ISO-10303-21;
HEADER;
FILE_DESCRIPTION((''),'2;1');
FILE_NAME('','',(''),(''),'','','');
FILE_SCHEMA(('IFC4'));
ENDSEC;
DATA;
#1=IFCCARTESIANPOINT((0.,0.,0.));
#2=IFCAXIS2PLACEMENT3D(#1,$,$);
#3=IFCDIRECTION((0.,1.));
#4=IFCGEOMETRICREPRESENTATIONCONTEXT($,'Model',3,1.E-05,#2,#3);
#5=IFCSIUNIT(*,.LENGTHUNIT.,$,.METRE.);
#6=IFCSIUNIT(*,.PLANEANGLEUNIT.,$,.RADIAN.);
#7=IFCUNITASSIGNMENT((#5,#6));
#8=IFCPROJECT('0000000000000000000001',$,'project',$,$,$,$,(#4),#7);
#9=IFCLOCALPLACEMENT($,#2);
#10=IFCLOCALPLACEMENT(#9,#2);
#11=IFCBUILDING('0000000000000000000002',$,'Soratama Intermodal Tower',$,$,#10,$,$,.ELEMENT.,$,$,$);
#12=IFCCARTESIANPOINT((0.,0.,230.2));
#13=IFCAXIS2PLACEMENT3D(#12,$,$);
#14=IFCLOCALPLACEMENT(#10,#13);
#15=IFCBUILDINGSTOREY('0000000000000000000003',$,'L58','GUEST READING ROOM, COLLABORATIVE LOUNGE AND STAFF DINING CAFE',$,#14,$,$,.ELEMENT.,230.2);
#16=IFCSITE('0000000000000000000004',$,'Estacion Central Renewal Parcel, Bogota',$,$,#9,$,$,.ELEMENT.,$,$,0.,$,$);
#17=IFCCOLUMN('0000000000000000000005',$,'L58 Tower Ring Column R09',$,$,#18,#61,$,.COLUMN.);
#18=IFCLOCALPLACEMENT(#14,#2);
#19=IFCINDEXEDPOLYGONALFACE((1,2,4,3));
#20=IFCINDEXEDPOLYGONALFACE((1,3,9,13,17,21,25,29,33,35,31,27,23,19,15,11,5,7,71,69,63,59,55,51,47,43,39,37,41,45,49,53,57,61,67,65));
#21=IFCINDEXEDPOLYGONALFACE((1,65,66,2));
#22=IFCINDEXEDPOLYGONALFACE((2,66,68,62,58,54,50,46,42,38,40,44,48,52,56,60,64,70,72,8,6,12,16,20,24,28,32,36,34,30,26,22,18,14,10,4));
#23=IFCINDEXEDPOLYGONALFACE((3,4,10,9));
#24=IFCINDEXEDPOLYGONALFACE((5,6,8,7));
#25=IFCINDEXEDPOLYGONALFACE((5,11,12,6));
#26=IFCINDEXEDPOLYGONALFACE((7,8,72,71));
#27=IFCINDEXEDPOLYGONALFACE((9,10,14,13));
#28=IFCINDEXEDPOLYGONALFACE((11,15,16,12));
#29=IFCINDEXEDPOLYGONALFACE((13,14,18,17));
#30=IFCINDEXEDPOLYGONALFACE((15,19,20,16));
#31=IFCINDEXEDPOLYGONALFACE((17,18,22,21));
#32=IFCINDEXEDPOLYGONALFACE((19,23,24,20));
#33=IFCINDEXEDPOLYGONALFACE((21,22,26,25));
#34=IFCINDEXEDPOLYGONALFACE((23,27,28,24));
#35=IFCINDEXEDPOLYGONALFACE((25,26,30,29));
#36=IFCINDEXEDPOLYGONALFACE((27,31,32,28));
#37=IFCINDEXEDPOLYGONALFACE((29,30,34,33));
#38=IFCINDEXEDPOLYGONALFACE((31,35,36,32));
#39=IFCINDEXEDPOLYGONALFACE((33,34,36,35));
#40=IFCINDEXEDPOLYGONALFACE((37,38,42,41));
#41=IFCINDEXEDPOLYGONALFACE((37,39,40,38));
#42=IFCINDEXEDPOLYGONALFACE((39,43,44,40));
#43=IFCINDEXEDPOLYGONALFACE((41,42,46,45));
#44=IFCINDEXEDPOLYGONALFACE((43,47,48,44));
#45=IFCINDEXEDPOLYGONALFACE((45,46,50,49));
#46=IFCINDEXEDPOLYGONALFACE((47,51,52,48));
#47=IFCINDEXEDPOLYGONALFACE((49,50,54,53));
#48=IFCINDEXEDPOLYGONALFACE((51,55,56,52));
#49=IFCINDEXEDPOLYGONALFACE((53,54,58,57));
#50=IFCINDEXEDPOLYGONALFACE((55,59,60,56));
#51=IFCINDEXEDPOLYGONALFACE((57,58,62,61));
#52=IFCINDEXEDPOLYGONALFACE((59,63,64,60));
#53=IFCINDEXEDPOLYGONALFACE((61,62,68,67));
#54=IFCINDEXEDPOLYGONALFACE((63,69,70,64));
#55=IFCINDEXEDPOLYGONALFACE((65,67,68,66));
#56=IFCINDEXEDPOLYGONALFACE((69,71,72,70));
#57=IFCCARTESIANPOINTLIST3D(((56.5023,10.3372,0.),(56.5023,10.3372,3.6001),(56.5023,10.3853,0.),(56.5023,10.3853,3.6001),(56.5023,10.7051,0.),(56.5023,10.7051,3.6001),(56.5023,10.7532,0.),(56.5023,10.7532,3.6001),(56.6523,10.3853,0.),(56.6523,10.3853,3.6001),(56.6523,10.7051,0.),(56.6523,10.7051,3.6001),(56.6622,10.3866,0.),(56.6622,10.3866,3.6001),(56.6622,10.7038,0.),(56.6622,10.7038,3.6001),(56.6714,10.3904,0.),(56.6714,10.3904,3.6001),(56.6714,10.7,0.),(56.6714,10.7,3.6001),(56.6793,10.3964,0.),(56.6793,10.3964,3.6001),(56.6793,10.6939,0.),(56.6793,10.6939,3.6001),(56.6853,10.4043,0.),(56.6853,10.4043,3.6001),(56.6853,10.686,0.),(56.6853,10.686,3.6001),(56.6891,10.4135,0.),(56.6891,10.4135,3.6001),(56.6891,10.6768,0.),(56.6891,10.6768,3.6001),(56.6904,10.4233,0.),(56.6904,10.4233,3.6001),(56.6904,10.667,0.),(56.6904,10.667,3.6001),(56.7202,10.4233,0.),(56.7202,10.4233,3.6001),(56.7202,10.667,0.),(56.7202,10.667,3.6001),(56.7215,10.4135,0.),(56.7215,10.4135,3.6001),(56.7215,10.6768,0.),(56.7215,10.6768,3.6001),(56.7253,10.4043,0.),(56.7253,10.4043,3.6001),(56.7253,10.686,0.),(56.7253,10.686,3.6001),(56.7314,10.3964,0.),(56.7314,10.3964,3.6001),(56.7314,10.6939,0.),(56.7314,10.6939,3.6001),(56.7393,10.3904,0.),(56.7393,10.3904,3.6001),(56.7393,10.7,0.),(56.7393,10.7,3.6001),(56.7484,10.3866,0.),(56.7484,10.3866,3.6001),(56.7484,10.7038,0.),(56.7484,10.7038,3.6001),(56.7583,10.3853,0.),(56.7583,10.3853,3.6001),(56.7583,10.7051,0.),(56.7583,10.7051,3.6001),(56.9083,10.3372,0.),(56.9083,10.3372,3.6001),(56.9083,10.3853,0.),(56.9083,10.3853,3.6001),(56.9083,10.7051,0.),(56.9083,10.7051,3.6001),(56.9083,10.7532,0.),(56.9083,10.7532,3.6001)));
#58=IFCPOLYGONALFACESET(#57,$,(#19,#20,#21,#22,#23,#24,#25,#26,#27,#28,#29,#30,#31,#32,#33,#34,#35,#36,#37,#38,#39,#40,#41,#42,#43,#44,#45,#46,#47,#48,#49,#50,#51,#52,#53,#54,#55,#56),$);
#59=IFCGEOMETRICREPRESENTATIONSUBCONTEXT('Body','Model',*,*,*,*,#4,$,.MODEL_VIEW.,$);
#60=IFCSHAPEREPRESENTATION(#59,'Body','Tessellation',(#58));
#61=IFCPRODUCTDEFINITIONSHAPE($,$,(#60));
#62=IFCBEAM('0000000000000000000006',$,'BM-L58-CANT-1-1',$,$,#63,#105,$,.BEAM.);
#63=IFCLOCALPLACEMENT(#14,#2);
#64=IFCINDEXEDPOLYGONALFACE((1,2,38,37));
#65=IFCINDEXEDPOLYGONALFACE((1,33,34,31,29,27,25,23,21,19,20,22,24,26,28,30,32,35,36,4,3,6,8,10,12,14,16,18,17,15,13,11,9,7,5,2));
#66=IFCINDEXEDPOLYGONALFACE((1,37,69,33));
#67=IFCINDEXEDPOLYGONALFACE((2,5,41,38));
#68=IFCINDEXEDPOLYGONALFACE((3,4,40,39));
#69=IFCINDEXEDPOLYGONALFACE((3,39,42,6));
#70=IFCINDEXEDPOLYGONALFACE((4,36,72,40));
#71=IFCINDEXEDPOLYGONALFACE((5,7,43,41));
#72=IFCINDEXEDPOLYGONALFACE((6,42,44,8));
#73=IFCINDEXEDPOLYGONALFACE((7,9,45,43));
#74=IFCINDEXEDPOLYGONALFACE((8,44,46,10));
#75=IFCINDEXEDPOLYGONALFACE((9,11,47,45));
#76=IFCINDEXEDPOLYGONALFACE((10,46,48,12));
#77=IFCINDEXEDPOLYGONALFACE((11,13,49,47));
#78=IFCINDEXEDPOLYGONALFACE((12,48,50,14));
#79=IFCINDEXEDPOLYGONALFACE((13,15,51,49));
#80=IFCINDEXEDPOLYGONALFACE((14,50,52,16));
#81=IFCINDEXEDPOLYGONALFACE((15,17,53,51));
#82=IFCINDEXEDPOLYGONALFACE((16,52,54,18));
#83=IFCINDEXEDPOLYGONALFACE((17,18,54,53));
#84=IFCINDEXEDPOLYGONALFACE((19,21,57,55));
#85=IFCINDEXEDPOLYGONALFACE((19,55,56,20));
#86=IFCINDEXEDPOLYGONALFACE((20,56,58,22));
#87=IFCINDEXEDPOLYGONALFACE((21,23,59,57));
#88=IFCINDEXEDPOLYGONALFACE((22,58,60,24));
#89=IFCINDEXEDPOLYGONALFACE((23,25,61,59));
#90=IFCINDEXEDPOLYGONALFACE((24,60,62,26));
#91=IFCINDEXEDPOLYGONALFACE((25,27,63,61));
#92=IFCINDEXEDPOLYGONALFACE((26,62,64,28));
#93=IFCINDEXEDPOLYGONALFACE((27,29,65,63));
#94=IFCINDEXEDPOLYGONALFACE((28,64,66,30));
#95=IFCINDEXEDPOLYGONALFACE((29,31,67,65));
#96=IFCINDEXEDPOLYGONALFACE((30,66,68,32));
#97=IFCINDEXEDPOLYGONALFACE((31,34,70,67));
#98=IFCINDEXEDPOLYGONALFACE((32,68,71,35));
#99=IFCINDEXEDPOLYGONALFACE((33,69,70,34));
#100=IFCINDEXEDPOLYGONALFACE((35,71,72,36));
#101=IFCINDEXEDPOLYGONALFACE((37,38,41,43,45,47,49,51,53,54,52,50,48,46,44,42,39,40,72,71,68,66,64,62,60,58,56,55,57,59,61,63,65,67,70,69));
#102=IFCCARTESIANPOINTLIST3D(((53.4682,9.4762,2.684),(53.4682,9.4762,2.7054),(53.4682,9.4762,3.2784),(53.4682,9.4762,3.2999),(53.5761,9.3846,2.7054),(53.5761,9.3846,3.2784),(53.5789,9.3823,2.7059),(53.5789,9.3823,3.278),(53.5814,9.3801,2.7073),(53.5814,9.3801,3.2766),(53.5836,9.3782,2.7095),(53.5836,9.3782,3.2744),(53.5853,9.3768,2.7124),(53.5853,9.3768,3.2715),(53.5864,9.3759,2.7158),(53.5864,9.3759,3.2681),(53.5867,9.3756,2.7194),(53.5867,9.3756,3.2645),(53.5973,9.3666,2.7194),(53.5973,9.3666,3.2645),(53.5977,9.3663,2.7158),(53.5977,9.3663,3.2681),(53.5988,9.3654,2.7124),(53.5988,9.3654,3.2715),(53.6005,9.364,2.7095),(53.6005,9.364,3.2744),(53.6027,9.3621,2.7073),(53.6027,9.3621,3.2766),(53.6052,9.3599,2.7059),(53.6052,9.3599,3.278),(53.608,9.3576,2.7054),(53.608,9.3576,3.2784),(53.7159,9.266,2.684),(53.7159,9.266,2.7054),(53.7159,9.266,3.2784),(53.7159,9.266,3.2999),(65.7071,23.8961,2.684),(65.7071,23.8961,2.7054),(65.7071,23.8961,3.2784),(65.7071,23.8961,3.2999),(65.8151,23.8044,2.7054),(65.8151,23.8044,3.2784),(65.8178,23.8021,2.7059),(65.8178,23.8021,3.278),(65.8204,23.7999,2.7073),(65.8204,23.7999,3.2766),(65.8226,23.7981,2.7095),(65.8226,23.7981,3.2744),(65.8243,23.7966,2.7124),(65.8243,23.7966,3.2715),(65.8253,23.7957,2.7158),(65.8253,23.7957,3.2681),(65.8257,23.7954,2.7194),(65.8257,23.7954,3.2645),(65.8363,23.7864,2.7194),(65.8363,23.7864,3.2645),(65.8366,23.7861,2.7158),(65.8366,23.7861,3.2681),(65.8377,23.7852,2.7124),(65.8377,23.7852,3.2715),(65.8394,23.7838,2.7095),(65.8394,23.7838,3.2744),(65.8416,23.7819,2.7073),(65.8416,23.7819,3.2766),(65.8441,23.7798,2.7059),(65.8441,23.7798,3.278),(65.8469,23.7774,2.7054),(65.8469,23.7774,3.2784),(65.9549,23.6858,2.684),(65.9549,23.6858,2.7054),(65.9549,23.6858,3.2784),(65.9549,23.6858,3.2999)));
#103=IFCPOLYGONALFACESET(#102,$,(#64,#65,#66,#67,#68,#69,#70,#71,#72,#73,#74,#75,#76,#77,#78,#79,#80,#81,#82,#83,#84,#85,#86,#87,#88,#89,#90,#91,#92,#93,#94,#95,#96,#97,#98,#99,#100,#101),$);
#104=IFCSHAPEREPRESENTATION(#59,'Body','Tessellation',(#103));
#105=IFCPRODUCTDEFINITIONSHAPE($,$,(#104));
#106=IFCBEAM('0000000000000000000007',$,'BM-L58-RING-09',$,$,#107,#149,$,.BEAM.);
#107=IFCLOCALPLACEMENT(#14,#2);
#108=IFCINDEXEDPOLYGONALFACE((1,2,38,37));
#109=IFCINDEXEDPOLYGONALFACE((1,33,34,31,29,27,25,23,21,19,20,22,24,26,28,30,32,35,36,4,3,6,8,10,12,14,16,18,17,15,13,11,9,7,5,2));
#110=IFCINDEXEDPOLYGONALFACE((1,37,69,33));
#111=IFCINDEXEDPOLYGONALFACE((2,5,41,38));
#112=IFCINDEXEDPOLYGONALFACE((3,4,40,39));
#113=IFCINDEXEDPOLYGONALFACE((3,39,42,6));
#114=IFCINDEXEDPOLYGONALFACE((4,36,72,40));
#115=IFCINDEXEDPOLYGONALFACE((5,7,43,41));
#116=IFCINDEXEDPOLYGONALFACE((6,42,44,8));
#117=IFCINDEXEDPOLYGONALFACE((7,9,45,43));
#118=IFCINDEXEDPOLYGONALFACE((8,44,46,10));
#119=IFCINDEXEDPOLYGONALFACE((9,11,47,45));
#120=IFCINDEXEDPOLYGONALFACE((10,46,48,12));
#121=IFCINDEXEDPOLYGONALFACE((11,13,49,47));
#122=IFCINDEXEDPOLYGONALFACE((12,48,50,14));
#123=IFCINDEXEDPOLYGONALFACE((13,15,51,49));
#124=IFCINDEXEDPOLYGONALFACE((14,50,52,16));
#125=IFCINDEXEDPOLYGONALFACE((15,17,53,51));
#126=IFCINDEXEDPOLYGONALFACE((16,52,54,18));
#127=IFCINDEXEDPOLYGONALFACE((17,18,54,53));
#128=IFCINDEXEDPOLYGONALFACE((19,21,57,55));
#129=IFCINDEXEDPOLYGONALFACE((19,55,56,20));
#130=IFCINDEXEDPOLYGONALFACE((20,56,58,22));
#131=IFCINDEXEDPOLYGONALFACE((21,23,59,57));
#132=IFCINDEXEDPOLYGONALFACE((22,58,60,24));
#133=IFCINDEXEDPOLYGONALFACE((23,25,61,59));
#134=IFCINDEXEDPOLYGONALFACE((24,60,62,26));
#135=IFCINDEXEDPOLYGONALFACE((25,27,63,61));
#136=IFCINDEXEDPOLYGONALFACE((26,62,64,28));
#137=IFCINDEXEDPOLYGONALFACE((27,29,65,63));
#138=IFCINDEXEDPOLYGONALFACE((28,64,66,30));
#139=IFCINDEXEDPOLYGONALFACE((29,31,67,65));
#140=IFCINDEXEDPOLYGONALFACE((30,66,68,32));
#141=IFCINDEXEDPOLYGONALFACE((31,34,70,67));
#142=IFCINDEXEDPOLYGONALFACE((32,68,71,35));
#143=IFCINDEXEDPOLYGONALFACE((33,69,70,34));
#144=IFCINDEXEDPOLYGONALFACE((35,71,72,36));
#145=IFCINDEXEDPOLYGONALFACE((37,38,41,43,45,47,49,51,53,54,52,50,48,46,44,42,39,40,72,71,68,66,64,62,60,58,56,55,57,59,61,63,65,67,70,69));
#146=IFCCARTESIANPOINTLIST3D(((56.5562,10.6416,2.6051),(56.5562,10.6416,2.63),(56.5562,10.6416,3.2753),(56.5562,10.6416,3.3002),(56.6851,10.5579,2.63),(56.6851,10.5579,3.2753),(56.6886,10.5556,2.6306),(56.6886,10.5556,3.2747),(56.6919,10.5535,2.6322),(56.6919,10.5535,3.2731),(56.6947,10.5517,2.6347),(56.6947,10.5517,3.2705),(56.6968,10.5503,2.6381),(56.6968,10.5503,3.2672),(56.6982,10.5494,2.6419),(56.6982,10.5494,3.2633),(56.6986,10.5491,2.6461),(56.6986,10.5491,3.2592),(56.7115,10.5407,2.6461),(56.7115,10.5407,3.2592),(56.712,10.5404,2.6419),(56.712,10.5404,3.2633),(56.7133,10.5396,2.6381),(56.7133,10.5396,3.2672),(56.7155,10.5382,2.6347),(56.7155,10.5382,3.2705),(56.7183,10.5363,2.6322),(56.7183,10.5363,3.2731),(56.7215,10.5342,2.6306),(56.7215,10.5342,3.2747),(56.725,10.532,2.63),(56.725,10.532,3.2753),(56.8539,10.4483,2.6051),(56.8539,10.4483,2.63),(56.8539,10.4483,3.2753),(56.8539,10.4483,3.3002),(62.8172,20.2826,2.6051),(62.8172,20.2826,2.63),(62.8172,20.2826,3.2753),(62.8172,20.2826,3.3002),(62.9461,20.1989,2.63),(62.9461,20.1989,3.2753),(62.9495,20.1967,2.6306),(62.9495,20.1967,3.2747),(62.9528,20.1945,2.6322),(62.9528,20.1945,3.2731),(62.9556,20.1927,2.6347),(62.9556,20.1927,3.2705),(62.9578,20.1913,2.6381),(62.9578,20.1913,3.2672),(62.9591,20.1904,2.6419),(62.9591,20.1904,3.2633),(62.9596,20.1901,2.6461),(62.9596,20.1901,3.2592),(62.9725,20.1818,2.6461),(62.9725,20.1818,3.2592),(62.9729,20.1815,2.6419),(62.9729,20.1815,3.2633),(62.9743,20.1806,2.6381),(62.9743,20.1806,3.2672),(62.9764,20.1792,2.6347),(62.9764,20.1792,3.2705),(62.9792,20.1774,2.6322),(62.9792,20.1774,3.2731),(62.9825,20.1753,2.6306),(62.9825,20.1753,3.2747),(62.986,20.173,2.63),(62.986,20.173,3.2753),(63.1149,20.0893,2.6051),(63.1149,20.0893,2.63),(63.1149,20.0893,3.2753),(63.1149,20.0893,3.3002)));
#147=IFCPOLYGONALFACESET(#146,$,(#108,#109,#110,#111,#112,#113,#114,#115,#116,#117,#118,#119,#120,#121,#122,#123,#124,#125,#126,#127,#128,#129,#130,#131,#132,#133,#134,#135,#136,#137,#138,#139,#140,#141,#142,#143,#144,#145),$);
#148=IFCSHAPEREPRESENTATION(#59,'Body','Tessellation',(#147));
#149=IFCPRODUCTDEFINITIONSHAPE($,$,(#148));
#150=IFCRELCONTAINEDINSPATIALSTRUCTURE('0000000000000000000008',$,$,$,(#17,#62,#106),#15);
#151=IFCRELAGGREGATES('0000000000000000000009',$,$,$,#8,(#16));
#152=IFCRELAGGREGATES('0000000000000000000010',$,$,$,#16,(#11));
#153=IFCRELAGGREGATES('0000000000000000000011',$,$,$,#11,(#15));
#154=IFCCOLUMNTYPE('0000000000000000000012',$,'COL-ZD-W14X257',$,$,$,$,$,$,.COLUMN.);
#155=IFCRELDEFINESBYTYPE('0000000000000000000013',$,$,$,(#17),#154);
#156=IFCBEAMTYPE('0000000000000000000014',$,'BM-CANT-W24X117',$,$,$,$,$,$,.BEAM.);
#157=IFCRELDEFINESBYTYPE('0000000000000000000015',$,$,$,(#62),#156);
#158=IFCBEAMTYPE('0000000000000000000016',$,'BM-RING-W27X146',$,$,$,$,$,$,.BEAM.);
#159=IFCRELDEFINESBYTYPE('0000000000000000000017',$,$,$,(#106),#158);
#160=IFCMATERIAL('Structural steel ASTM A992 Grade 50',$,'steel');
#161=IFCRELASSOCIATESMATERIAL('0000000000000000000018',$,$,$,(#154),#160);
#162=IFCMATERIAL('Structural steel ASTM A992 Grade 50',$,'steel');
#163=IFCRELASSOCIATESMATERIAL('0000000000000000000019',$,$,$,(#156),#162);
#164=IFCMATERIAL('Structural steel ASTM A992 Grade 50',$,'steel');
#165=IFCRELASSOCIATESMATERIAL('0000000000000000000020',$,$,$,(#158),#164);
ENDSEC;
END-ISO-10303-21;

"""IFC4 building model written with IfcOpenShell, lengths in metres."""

from ifc_helpers import new_model, si_unit, direction, frame, origin, origin_2d, place, context, subcontext, project, spatial, i_section, extrude, material, material_profile, profile_set, type_object, element, save


model = new_model("IFC4")

# Units and contexts
model_context = context("Model", 3, precision=1e-05, world=origin(), true_north=direction((0.0, 1.0)))
body_context = subcontext(model_context, "Body", "Model", "MODEL_VIEW")
ifc_project = project(units=[si_unit("LENGTHUNIT", "METRE"), si_unit("PLANEANGLEUNIT", "RADIAN")], contexts=[model_context])

# Site, building, storey
site_placement = place(None, origin())
site = spatial("IfcSite", under=ifc_project, at=site_placement, Name="Estacion Central Renewal Parcel, Bogota", CompositionType="ELEMENT", RefElevation=0.0)
building_placement = place(site_placement, origin())
building = spatial("IfcBuilding", under=site, at=building_placement, Name="Soratama Intermodal Tower", CompositionType="ELEMENT")
storey_placement = place(building_placement, frame((0.0, 0.0, 230.2)))
storey = spatial("IfcBuildingStorey", under=building, at=storey_placement, Name="L58", Description="GUEST READING ROOM, COLLABORATIVE LOUNGE AND STAFF DINING CAFE", CompositionType="ELEMENT", Elevation=230.2)

# Column
ifc_material_1 = material(Name="Structural steel ASTM A992 Grade 50", Category="steel")
ifc_material_profile_1 = material_profile(ifc_material_1, i_section(OverallWidth=0.406, OverallDepth=0.416, WebThickness=0.0298, FlangeThickness=0.0481, FilletRadius=0.0381, at=origin_2d()), Name="W14X257")
ifc_profile_set_1 = profile_set([ifc_material_profile_1], Name="Structural steel ASTM A992 Grade 50")
column_type = type_object("IfcColumnType", Name="COL-ZD-W14X257", PredefinedType="COLUMN", material=ifc_profile_set_1)
column_placement = place(storey_placement, frame((56.7053, 10.5452, 0.0), z_axis=(0.0, 0.0, 1.0), x_axis=(1.0, 0.0, 0.0)))
element("IfcColumn", 1, at=column_placement, inside=storey, type_object=column_type, Name="L58 Tower Ring Column R09", PredefinedType="COLUMN", context=body_context, shape_type="SweptSolid", body=[
    extrude(i_section(OverallWidth=0.406, OverallDepth=0.416, WebThickness=0.0298, FlangeThickness=0.0481, FilletRadius=0.0381, at=origin_2d()), origin(), (0.0, 0.0, 1.0), 3.6001),
])

# Beams
ifc_material_2 = material(Name="Structural steel ASTM A992 Grade 50", Category="steel")
ifc_material_profile_2 = material_profile(ifc_material_2, i_section(OverallWidth=0.325, OverallDepth=0.616, WebThickness=0.0139, FlangeThickness=0.0215, FilletRadius=0.0139, at=origin_2d()), Name="W24X117")
ifc_profile_set_2 = profile_set([ifc_material_profile_2], Name="Structural steel ASTM A992 Grade 50")
beam_type_1 = type_object("IfcBeamType", Name="BM-CANT-W24X117", PredefinedType="BEAM", material=ifc_profile_set_2)
beam_1_placement = place(storey_placement, frame((53.592, 9.3711, 2.9919), z_axis=(0.647098, 0.762407, 0.0), x_axis=(-0.762407, 0.647098, 0.0)))
element("IfcBeam", 2, at=beam_1_placement, inside=storey, type_object=beam_type_1, Name="BM-L58-CANT-1-1", PredefinedType="BEAM", context=body_context, shape_type="SweptSolid", body=[
    extrude(i_section(OverallWidth=0.325, OverallDepth=0.616, WebThickness=0.0139, FlangeThickness=0.0215, FilletRadius=0.0139, at=origin_2d()), origin(), (0.0, 0.0, 1.0), 18.9136),
])
ifc_material_3 = material(Name="Structural steel ASTM A992 Grade 50", Category="steel")
ifc_material_profile_3 = material_profile(ifc_material_3, i_section(OverallWidth=0.355, OverallDepth=0.6951, WebThickness=0.0154, FlangeThickness=0.0249, FilletRadius=0.0161, at=origin_2d()), Name="W27X146")
ifc_profile_set_3 = profile_set([ifc_material_profile_3], Name="Structural steel ASTM A992 Grade 50")
beam_type_2 = type_object("IfcBeamType", Name="BM-RING-W27X146", PredefinedType="BEAM", material=ifc_profile_set_3)
beam_2_placement = place(storey_placement, frame((56.7051, 10.5449, 2.9526), z_axis=(0.544637, 0.838672, 0.0), x_axis=(-0.838672, 0.544637, 0.0)))
element("IfcBeam", 3, at=beam_2_placement, inside=storey, type_object=beam_type_2, Name="BM-L58-RING-09", PredefinedType="BEAM", context=body_context, shape_type="SweptSolid", body=[
    extrude(i_section(OverallWidth=0.355, OverallDepth=0.6951, WebThickness=0.0154, FlangeThickness=0.0249, FilletRadius=0.0161, at=origin_2d()), origin(), (0.0, 0.0, 1.0), 11.4956),
])

save(model, "model.ifc")
